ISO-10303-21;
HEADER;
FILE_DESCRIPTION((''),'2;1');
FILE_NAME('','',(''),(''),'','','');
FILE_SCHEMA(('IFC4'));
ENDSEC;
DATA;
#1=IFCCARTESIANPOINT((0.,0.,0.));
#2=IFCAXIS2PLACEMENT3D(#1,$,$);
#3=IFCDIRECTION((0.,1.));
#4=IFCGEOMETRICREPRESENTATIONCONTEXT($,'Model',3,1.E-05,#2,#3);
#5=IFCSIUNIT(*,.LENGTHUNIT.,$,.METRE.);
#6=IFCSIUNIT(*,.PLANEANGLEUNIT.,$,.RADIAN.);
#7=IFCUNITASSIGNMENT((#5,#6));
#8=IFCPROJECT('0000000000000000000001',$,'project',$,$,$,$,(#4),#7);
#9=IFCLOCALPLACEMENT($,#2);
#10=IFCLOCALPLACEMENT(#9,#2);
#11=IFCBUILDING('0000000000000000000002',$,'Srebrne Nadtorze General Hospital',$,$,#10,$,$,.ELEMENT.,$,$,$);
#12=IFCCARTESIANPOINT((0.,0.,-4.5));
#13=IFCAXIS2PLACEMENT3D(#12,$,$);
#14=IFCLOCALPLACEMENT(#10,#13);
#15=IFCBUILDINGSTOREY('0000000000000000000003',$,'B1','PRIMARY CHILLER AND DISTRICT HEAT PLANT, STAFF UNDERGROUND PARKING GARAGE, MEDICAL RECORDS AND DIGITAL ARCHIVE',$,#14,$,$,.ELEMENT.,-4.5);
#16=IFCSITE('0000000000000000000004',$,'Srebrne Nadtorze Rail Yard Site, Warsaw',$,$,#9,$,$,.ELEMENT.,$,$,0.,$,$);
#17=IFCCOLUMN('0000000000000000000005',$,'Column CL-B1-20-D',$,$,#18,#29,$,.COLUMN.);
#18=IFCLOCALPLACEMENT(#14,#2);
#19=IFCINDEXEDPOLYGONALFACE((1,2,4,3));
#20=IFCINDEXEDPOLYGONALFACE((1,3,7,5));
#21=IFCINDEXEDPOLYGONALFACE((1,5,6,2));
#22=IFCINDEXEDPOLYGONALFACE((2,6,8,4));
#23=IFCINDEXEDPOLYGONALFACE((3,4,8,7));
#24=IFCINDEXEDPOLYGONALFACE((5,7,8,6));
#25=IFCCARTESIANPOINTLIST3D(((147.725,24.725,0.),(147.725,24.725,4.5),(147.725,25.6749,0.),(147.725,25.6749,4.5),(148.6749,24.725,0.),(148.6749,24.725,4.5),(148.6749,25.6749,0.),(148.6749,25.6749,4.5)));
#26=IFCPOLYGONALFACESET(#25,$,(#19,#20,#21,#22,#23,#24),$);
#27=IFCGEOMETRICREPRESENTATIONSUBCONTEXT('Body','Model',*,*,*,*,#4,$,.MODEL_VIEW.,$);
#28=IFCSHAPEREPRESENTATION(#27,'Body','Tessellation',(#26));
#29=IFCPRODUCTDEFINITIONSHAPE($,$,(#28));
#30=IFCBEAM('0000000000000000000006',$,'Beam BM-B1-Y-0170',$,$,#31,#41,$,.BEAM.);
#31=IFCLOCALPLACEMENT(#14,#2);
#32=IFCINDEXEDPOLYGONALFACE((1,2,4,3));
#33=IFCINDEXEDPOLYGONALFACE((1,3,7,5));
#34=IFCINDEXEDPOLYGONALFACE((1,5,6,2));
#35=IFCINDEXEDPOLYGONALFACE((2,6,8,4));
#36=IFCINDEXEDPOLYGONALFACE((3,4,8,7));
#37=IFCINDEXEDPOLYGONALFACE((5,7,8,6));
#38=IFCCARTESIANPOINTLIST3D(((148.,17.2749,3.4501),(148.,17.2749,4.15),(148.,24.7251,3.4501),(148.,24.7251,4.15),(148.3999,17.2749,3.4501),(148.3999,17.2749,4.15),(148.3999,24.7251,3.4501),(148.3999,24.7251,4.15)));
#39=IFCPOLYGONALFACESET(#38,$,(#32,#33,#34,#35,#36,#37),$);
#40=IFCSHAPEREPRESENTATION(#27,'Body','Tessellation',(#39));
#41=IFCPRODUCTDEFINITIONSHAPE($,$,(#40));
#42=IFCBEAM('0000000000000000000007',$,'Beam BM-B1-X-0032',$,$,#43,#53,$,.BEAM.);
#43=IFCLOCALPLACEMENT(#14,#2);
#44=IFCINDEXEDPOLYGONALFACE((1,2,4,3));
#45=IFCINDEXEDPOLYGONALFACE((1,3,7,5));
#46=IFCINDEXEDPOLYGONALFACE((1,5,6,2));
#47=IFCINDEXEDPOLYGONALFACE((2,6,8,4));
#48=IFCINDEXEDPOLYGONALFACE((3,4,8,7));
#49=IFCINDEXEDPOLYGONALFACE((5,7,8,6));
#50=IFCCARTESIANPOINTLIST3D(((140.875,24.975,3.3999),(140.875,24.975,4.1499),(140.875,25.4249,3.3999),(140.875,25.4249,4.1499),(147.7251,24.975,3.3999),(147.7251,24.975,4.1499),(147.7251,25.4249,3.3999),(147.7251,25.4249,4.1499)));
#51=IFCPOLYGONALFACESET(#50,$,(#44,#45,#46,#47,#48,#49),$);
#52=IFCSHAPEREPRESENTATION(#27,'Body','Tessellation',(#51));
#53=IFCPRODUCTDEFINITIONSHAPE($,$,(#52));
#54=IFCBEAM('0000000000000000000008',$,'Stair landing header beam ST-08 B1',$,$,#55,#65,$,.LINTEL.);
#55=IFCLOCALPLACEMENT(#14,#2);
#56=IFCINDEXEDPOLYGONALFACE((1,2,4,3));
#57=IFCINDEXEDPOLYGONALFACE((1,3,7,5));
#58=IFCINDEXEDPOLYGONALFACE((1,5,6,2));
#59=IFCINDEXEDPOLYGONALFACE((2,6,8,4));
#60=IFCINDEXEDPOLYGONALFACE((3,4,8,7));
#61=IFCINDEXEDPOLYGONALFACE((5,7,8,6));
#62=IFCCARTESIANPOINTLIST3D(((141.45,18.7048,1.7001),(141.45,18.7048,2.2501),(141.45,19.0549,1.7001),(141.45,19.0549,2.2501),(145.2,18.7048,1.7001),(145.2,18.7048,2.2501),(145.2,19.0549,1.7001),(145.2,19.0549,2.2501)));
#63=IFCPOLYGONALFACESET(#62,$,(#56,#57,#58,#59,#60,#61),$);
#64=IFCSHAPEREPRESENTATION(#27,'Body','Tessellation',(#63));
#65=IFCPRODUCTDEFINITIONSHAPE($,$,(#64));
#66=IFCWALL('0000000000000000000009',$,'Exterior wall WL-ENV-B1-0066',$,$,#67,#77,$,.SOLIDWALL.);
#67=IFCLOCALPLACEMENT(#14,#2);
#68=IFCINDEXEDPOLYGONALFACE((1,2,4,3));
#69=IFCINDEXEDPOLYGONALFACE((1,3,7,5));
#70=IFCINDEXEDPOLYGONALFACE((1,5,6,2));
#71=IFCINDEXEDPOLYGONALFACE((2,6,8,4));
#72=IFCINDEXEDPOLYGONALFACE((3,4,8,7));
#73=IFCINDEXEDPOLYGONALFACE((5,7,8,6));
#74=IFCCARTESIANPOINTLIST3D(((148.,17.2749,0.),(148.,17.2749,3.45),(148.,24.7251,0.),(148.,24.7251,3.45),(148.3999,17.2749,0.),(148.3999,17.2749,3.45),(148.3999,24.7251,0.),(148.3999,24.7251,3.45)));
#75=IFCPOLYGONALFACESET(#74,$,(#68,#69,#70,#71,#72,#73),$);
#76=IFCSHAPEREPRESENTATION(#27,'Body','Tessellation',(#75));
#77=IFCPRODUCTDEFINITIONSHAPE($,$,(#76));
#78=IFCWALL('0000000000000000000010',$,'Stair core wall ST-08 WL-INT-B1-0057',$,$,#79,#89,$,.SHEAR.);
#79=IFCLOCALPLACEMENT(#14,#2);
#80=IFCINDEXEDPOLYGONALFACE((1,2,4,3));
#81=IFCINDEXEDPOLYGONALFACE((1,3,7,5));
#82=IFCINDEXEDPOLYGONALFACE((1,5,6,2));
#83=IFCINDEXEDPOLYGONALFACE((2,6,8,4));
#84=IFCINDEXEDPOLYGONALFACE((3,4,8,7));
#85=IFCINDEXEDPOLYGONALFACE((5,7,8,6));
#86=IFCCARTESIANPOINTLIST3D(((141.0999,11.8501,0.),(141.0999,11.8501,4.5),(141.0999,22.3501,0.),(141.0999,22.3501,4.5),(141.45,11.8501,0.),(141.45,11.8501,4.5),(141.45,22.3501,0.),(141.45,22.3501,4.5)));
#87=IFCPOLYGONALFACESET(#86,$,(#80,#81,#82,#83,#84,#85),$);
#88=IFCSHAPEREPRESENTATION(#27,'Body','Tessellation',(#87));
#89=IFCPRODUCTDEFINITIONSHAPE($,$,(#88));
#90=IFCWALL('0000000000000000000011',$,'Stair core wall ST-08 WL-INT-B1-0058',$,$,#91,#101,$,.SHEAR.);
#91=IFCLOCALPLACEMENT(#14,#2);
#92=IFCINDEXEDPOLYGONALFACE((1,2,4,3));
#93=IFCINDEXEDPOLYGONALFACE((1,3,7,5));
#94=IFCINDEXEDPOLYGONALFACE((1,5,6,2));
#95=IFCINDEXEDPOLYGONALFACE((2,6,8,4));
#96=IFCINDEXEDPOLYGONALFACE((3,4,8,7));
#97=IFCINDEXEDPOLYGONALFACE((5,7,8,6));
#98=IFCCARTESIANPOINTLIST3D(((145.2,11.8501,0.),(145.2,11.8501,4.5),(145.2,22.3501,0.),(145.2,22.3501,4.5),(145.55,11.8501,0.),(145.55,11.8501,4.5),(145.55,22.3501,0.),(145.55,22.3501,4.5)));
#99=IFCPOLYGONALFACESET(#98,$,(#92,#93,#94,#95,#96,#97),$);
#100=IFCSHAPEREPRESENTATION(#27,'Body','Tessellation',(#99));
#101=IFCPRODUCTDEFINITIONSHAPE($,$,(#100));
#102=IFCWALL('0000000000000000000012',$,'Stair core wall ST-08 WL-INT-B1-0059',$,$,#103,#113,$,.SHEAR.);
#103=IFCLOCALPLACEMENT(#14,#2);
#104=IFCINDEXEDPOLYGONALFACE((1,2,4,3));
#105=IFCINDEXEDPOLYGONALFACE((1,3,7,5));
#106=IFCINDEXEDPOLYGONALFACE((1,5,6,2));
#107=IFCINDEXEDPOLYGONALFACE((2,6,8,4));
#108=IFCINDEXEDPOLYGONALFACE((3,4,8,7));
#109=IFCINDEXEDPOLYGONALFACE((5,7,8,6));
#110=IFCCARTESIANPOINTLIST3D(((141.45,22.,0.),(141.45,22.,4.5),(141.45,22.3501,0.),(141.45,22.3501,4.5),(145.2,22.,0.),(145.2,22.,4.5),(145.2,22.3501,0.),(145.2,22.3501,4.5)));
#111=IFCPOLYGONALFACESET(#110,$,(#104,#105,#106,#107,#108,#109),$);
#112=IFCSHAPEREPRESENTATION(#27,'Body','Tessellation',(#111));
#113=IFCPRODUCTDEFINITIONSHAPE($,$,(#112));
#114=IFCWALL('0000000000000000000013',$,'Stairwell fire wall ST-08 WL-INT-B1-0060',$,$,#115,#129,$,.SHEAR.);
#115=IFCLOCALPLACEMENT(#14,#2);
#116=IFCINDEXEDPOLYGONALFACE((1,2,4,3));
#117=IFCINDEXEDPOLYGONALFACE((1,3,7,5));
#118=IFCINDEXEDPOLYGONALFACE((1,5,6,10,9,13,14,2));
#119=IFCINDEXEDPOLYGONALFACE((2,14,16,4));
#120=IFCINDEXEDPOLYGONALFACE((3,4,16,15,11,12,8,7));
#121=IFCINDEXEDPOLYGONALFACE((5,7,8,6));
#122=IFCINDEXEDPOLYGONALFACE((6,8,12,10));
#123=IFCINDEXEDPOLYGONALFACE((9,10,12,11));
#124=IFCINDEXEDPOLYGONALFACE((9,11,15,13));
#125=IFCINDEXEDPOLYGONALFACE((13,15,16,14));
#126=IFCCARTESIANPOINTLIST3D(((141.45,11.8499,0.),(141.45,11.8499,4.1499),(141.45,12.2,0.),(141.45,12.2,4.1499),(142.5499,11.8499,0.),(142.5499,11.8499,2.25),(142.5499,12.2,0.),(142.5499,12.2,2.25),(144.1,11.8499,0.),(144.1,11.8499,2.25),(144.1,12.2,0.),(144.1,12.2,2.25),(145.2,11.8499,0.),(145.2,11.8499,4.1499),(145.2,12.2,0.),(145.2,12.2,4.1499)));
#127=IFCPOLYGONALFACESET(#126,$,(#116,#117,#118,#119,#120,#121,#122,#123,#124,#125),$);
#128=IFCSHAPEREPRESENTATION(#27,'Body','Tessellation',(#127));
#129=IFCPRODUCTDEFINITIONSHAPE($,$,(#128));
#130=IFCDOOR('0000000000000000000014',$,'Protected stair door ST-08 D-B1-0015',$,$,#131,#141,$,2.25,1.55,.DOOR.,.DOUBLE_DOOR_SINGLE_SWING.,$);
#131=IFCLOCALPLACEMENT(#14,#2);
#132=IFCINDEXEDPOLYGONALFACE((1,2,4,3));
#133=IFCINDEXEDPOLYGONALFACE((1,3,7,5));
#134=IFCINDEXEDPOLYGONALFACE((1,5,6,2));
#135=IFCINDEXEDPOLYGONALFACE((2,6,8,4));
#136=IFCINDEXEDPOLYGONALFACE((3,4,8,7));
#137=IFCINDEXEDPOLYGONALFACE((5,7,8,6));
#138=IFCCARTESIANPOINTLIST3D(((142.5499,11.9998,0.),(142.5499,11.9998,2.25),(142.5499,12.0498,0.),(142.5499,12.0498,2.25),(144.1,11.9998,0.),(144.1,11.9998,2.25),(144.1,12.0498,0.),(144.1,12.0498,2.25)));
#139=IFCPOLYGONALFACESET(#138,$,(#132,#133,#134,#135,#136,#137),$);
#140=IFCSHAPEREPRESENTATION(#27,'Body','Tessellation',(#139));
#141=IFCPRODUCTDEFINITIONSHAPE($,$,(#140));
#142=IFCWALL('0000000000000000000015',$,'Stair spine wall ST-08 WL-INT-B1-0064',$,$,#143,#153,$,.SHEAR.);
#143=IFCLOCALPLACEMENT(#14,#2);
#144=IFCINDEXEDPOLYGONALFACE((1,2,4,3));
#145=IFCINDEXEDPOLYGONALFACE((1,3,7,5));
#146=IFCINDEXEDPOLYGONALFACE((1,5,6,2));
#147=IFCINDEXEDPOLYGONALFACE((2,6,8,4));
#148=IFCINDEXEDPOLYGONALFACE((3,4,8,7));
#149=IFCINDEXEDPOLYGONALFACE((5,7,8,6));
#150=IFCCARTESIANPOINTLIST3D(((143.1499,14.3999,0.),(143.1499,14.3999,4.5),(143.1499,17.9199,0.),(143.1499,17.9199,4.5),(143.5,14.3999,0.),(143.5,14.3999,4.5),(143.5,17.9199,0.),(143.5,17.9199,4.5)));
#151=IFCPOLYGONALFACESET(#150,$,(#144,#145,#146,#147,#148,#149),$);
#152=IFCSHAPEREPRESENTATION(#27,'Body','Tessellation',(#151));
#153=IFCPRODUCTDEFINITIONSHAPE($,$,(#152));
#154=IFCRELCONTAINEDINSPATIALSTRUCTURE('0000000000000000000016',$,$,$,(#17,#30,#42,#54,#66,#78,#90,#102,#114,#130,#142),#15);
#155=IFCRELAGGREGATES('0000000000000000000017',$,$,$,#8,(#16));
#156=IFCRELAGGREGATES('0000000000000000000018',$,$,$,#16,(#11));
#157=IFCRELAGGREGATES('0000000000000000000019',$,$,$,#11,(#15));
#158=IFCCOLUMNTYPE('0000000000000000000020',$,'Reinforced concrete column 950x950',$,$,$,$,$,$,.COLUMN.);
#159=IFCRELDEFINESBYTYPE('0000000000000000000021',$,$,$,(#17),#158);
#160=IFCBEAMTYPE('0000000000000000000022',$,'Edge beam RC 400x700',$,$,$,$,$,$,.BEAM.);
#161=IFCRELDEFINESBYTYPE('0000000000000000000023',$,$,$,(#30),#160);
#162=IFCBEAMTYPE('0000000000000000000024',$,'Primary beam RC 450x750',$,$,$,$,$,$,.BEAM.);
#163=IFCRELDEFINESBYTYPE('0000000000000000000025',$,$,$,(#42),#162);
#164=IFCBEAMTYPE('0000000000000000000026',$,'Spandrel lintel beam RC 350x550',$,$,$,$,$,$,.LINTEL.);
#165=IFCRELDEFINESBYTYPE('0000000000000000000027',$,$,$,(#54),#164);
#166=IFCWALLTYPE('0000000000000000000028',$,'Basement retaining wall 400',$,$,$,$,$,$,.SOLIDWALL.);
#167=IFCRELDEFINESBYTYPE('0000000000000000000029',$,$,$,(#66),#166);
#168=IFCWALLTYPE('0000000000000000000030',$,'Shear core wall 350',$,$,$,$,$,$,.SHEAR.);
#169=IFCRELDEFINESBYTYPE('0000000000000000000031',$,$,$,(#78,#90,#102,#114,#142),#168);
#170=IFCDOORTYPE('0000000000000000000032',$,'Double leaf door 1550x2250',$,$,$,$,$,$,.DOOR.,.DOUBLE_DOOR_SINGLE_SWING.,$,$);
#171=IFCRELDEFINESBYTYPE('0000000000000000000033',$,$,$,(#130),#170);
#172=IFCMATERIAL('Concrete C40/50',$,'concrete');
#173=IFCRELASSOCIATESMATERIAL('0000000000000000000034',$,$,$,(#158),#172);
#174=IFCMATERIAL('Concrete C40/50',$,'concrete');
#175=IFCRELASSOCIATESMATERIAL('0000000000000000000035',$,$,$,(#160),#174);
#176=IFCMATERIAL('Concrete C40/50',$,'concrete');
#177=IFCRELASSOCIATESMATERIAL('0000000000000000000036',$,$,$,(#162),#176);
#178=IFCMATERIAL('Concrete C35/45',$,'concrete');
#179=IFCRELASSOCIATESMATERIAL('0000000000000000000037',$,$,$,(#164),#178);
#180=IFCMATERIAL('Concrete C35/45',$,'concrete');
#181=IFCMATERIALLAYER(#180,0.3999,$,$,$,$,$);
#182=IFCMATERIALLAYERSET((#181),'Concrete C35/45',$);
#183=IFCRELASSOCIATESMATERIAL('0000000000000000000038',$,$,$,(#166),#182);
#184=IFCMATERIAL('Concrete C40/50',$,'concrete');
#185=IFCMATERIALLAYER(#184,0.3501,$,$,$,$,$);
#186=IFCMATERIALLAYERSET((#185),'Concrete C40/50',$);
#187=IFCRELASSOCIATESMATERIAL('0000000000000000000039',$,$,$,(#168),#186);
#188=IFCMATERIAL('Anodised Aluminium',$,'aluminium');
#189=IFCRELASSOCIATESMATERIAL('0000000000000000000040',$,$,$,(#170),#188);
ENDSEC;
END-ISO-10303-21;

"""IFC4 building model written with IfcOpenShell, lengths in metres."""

from ifc_helpers import new_model, si_unit, direction, frame, frame_2d, origin, origin_2d, place, context, subcontext, project, spatial, rectangle, extrude, material, layer, layer_set, material_profile, profile_set, type_object, element, fill, save


model = new_model("IFC4")

# Units and contexts
model_context = context("Model", 3, precision=1e-05, world=origin(), true_north=direction((0.0, 1.0)))
body_context = subcontext(model_context, "Body", "Model", "MODEL_VIEW")
ifc_project = project(units=[si_unit("LENGTHUNIT", "METRE"), si_unit("PLANEANGLEUNIT", "RADIAN")], contexts=[model_context])

# Site, building, storey
site_placement = place(None, origin())
site = spatial("IfcSite", under=ifc_project, at=site_placement, Name="Srebrne Nadtorze Rail Yard Site, Warsaw", CompositionType="ELEMENT", RefElevation=0.0)
building_placement = place(site_placement, origin())
building = spatial("IfcBuilding", under=site, at=building_placement, Name="Srebrne Nadtorze General Hospital", CompositionType="ELEMENT")
storey_placement = place(building_placement, frame((0.0, 0.0, -4.5)))
storey = spatial("IfcBuildingStorey", under=building, at=storey_placement, Name="B1", Description="PRIMARY CHILLER AND DISTRICT HEAT PLANT, STAFF UNDERGROUND PARKING GARAGE, MEDICAL RECORDS AND DIGITAL ARCHIVE", CompositionType="ELEMENT", Elevation=-4.5)

# Column
ifc_material_1 = material(Name="Concrete C40/50", Category="concrete")
ifc_material_profile_1 = material_profile(ifc_material_1, rectangle(XDim=0.95, YDim=0.95, at=origin_2d()), Name="RC-COL-950x950")
ifc_profile_set_1 = profile_set([ifc_material_profile_1], Name="Concrete C40/50")
column_type = type_object("IfcColumnType", Name="Reinforced concrete column 950x950", PredefinedType="COLUMN", material=ifc_profile_set_1)
for number, where, z_axis, x_axis, name in (
    (1, (148.2, 25.2, 0.0), (0.0, 0.0, 1.0), (1.0, 0.0, 0.0), "Column CL-B1-20-D"),
):
    element("IfcColumn", number, at=place(storey_placement, frame(where, z_axis=z_axis, x_axis=x_axis)), inside=storey, type_object=column_type, Name=name, PredefinedType="COLUMN", context=body_context, shape_type="SweptSolid", body=[
        extrude(rectangle(XDim=0.95, YDim=0.95, at=origin_2d()), origin(), (0.0, 0.0, 1.0), 4.5),
    ])

# Beams
ifc_material_2 = material(Name="Concrete C40/50", Category="concrete")
ifc_material_profile_2 = material_profile(ifc_material_2, rectangle(XDim=0.3999, YDim=0.7, at=origin_2d()), Name="RC-BM-400x700")
ifc_profile_set_2 = profile_set([ifc_material_profile_2], Name="Concrete C40/50")
beam_type_1 = type_object("IfcBeamType", Name="Edge beam RC 400x700", PredefinedType="BEAM", material=ifc_profile_set_2)
beam_1_placement = place(storey_placement, frame((148.2, 17.2749, 3.8), z_axis=(0.0, 1.0, 0.0), x_axis=(-1.0, 0.0, 0.0)))
element("IfcBeam", 2, at=beam_1_placement, inside=storey, type_object=beam_type_1, Name="Beam BM-B1-Y-0170", PredefinedType="BEAM", context=body_context, shape_type="SweptSolid", body=[
    extrude(rectangle(XDim=0.3999, YDim=0.7, at=origin_2d()), origin(), (0.0, 0.0, 1.0), 7.4502),
])
ifc_material_3 = material(Name="Concrete C40/50", Category="concrete")
ifc_material_profile_3 = material_profile(ifc_material_3, rectangle(XDim=0.45, YDim=0.75, at=origin_2d()), Name="RC-BM-450x750")
ifc_profile_set_3 = profile_set([ifc_material_profile_3], Name="Concrete C40/50")
beam_type_2 = type_object("IfcBeamType", Name="Primary beam RC 450x750", PredefinedType="BEAM", material=ifc_profile_set_3)
beam_2_placement = place(storey_placement, frame((140.875, 25.2, 3.7749), z_axis=(1.0, 0.0, 0.0), x_axis=(0.0, 1.0, 0.0)))
element("IfcBeam", 3, at=beam_2_placement, inside=storey, type_object=beam_type_2, Name="Beam BM-B1-X-0032", PredefinedType="BEAM", context=body_context, shape_type="SweptSolid", body=[
    extrude(rectangle(XDim=0.45, YDim=0.75, at=origin_2d()), origin(), (0.0, 0.0, 1.0), 6.8501),
])
ifc_material_4 = material(Name="Concrete C35/45", Category="concrete")
ifc_material_profile_4 = material_profile(ifc_material_4, rectangle(XDim=0.3501, YDim=0.55, at=origin_2d()), Name="RC-BM-350x550")
ifc_profile_set_4 = profile_set([ifc_material_profile_4], Name="Concrete C35/45")
beam_type_3 = type_object("IfcBeamType", Name="Spandrel lintel beam RC 350x550", PredefinedType="LINTEL", material=ifc_profile_set_4)
beam_3_placement = place(storey_placement, frame((141.45, 18.8799, 1.9751), z_axis=(1.0, 0.0, 0.0), x_axis=(0.0, 1.0, 0.0)))
element("IfcBeam", 4, at=beam_3_placement, inside=storey, type_object=beam_type_3, Name="Stair landing header beam ST-08 B1", PredefinedType="LINTEL", context=body_context, shape_type="SweptSolid", body=[
    extrude(rectangle(XDim=0.3501, YDim=0.55, at=origin_2d()), origin(), (0.0, 0.0, 1.0), 3.75),
])

# Walls
ifc_material_5 = material(Name="Concrete C35/45", Category="concrete")
ifc_layer_1 = layer(ifc_material_5, 0.3999)
ifc_layer_set_1 = layer_set([ifc_layer_1], Name="Concrete C35/45")
wall_type_1 = type_object("IfcWallType", Name="Basement retaining wall 400", PredefinedType="SOLIDWALL", material=ifc_layer_set_1)
wall_1_placement = place(storey_placement, frame((148.2, 17.2749, 0.0), z_axis=(0.0, 0.0, 1.0), x_axis=(0.0, 1.0, 0.0)))
element("IfcWall", 5, at=wall_1_placement, inside=storey, type_object=wall_type_1, Name="Exterior wall WL-ENV-B1-0066", PredefinedType="SOLIDWALL", context=body_context, shape_type="SweptSolid", body=[
    extrude(rectangle(XDim=7.4502, YDim=0.3999, at=frame_2d((3.7251, 0.0))), origin(), (0.0, 0.0, 1.0), 3.45),
])
ifc_material_6 = material(Name="Concrete C40/50", Category="concrete")
ifc_layer_2 = layer(ifc_material_6, 0.3501)
ifc_layer_set_2 = layer_set([ifc_layer_2], Name="Concrete C40/50")
wall_type_2 = type_object("IfcWallType", Name="Shear core wall 350", PredefinedType="SHEAR", material=ifc_layer_set_2)
for number, where, z_axis, x_axis, name in (
    (6, (141.2749, 11.8501, 0.0), (0.0, 0.0, 1.0), (0.0, 1.0, 0.0), "Stair core wall ST-08 WL-INT-B1-0057"),
    (7, (145.375, 11.8501, 0.0), (0.0, 0.0, 1.0), (0.0, 1.0, 0.0), "Stair core wall ST-08 WL-INT-B1-0058"),
):
    element("IfcWall", number, at=place(storey_placement, frame(where, z_axis=z_axis, x_axis=x_axis)), inside=storey, type_object=wall_type_2, Name=name, PredefinedType="SHEAR", context=body_context, shape_type="SweptSolid", body=[
        extrude(rectangle(XDim=10.5, YDim=0.3501, at=frame_2d((5.25, 0.0))), origin(), (0.0, 0.0, 1.0), 4.5),
    ])
wall_2_placement = place(storey_placement, frame((141.45, 22.175, 0.0), z_axis=(0.0, 0.0, 1.0), x_axis=(1.0, 0.0, 0.0)))
element("IfcWall", 8, at=wall_2_placement, inside=storey, type_object=wall_type_2, Name="Stair core wall ST-08 WL-INT-B1-0059", PredefinedType="SHEAR", context=body_context, shape_type="SweptSolid", body=[
    extrude(rectangle(XDim=3.75, YDim=0.3501, at=frame_2d((1.875, 0.0))), origin(), (0.0, 0.0, 1.0), 4.5),
])

# Wall, opening, door
wall_3_placement = place(storey_placement, frame((141.45, 12.0249, 0.0), z_axis=(0.0, 0.0, 1.0), x_axis=(1.0, 0.0, 0.0)))
wall_3 = element("IfcWall", 9, at=wall_3_placement, inside=storey, type_object=wall_type_2, Name="Stairwell fire wall ST-08 WL-INT-B1-0060", PredefinedType="SHEAR", context=body_context, shape_type="SweptSolid", body=[
    extrude(rectangle(XDim=3.75, YDim=0.3501, at=frame_2d((1.875, 0.0))), origin(), (0.0, 0.0, 1.0), 4.1499),
])
opening_placement = place(wall_3_placement, frame((1.1001, 0.0, 0.0)))
opening = element("IfcOpeningElement", 10, at=opening_placement, cuts=wall_3, PredefinedType="OPENING", context=body_context, shape_type="SweptSolid", body=[
    extrude(rectangle(XDim=1.55, YDim=2.25, at=frame_2d((0.7749, 1.125))), frame((0.0, 0.187, 0.0), z_axis=(0.0, -1.0, 0.0), x_axis=(1.0, 0.0, 0.0)), (0.0, 0.0, 1.0), 0.374),
])
ifc_material_7 = material(Name="Anodised Aluminium", Category="aluminium")
door_type = type_object("IfcDoorType", Name="Double leaf door 1550x2250", OperationType="DOUBLE_DOOR_SINGLE_SWING", PredefinedType="DOOR", material=ifc_material_7)
door_placement = place(opening_placement, origin())
door = element("IfcDoor", 11, at=door_placement, inside=storey, type_object=door_type, Name="Protected stair door ST-08 D-B1-0015", OperationType="DOUBLE_DOOR_SINGLE_SWING", OverallHeight=2.25, OverallWidth=1.55, PredefinedType="DOOR", context=body_context, shape_type="SweptSolid", body=[
    extrude(rectangle(XDim=1.55, YDim=2.25, at=frame_2d((0.7749, 1.125))), frame((0.0, 0.0249, 0.0), z_axis=(0.0, -1.0, 0.0), x_axis=(1.0, 0.0, 0.0)), (0.0, 0.0, 1.0), 0.05),
])
fill(opening, door)

# Wall
wall_4_placement = place(storey_placement, frame((143.325, 14.3999, 0.0), z_axis=(0.0, 0.0, 1.0), x_axis=(0.0, 1.0, 0.0)))
element("IfcWall", 12, at=wall_4_placement, inside=storey, type_object=wall_type_2, Name="Stair spine wall ST-08 WL-INT-B1-0064", PredefinedType="SHEAR", context=body_context, shape_type="SweptSolid", body=[
    extrude(rectangle(XDim=3.52, YDim=0.3501, at=frame_2d((1.76, 0.0))), origin(), (0.0, 0.0, 1.0), 4.5),
])

save(model, "model.ifc")
